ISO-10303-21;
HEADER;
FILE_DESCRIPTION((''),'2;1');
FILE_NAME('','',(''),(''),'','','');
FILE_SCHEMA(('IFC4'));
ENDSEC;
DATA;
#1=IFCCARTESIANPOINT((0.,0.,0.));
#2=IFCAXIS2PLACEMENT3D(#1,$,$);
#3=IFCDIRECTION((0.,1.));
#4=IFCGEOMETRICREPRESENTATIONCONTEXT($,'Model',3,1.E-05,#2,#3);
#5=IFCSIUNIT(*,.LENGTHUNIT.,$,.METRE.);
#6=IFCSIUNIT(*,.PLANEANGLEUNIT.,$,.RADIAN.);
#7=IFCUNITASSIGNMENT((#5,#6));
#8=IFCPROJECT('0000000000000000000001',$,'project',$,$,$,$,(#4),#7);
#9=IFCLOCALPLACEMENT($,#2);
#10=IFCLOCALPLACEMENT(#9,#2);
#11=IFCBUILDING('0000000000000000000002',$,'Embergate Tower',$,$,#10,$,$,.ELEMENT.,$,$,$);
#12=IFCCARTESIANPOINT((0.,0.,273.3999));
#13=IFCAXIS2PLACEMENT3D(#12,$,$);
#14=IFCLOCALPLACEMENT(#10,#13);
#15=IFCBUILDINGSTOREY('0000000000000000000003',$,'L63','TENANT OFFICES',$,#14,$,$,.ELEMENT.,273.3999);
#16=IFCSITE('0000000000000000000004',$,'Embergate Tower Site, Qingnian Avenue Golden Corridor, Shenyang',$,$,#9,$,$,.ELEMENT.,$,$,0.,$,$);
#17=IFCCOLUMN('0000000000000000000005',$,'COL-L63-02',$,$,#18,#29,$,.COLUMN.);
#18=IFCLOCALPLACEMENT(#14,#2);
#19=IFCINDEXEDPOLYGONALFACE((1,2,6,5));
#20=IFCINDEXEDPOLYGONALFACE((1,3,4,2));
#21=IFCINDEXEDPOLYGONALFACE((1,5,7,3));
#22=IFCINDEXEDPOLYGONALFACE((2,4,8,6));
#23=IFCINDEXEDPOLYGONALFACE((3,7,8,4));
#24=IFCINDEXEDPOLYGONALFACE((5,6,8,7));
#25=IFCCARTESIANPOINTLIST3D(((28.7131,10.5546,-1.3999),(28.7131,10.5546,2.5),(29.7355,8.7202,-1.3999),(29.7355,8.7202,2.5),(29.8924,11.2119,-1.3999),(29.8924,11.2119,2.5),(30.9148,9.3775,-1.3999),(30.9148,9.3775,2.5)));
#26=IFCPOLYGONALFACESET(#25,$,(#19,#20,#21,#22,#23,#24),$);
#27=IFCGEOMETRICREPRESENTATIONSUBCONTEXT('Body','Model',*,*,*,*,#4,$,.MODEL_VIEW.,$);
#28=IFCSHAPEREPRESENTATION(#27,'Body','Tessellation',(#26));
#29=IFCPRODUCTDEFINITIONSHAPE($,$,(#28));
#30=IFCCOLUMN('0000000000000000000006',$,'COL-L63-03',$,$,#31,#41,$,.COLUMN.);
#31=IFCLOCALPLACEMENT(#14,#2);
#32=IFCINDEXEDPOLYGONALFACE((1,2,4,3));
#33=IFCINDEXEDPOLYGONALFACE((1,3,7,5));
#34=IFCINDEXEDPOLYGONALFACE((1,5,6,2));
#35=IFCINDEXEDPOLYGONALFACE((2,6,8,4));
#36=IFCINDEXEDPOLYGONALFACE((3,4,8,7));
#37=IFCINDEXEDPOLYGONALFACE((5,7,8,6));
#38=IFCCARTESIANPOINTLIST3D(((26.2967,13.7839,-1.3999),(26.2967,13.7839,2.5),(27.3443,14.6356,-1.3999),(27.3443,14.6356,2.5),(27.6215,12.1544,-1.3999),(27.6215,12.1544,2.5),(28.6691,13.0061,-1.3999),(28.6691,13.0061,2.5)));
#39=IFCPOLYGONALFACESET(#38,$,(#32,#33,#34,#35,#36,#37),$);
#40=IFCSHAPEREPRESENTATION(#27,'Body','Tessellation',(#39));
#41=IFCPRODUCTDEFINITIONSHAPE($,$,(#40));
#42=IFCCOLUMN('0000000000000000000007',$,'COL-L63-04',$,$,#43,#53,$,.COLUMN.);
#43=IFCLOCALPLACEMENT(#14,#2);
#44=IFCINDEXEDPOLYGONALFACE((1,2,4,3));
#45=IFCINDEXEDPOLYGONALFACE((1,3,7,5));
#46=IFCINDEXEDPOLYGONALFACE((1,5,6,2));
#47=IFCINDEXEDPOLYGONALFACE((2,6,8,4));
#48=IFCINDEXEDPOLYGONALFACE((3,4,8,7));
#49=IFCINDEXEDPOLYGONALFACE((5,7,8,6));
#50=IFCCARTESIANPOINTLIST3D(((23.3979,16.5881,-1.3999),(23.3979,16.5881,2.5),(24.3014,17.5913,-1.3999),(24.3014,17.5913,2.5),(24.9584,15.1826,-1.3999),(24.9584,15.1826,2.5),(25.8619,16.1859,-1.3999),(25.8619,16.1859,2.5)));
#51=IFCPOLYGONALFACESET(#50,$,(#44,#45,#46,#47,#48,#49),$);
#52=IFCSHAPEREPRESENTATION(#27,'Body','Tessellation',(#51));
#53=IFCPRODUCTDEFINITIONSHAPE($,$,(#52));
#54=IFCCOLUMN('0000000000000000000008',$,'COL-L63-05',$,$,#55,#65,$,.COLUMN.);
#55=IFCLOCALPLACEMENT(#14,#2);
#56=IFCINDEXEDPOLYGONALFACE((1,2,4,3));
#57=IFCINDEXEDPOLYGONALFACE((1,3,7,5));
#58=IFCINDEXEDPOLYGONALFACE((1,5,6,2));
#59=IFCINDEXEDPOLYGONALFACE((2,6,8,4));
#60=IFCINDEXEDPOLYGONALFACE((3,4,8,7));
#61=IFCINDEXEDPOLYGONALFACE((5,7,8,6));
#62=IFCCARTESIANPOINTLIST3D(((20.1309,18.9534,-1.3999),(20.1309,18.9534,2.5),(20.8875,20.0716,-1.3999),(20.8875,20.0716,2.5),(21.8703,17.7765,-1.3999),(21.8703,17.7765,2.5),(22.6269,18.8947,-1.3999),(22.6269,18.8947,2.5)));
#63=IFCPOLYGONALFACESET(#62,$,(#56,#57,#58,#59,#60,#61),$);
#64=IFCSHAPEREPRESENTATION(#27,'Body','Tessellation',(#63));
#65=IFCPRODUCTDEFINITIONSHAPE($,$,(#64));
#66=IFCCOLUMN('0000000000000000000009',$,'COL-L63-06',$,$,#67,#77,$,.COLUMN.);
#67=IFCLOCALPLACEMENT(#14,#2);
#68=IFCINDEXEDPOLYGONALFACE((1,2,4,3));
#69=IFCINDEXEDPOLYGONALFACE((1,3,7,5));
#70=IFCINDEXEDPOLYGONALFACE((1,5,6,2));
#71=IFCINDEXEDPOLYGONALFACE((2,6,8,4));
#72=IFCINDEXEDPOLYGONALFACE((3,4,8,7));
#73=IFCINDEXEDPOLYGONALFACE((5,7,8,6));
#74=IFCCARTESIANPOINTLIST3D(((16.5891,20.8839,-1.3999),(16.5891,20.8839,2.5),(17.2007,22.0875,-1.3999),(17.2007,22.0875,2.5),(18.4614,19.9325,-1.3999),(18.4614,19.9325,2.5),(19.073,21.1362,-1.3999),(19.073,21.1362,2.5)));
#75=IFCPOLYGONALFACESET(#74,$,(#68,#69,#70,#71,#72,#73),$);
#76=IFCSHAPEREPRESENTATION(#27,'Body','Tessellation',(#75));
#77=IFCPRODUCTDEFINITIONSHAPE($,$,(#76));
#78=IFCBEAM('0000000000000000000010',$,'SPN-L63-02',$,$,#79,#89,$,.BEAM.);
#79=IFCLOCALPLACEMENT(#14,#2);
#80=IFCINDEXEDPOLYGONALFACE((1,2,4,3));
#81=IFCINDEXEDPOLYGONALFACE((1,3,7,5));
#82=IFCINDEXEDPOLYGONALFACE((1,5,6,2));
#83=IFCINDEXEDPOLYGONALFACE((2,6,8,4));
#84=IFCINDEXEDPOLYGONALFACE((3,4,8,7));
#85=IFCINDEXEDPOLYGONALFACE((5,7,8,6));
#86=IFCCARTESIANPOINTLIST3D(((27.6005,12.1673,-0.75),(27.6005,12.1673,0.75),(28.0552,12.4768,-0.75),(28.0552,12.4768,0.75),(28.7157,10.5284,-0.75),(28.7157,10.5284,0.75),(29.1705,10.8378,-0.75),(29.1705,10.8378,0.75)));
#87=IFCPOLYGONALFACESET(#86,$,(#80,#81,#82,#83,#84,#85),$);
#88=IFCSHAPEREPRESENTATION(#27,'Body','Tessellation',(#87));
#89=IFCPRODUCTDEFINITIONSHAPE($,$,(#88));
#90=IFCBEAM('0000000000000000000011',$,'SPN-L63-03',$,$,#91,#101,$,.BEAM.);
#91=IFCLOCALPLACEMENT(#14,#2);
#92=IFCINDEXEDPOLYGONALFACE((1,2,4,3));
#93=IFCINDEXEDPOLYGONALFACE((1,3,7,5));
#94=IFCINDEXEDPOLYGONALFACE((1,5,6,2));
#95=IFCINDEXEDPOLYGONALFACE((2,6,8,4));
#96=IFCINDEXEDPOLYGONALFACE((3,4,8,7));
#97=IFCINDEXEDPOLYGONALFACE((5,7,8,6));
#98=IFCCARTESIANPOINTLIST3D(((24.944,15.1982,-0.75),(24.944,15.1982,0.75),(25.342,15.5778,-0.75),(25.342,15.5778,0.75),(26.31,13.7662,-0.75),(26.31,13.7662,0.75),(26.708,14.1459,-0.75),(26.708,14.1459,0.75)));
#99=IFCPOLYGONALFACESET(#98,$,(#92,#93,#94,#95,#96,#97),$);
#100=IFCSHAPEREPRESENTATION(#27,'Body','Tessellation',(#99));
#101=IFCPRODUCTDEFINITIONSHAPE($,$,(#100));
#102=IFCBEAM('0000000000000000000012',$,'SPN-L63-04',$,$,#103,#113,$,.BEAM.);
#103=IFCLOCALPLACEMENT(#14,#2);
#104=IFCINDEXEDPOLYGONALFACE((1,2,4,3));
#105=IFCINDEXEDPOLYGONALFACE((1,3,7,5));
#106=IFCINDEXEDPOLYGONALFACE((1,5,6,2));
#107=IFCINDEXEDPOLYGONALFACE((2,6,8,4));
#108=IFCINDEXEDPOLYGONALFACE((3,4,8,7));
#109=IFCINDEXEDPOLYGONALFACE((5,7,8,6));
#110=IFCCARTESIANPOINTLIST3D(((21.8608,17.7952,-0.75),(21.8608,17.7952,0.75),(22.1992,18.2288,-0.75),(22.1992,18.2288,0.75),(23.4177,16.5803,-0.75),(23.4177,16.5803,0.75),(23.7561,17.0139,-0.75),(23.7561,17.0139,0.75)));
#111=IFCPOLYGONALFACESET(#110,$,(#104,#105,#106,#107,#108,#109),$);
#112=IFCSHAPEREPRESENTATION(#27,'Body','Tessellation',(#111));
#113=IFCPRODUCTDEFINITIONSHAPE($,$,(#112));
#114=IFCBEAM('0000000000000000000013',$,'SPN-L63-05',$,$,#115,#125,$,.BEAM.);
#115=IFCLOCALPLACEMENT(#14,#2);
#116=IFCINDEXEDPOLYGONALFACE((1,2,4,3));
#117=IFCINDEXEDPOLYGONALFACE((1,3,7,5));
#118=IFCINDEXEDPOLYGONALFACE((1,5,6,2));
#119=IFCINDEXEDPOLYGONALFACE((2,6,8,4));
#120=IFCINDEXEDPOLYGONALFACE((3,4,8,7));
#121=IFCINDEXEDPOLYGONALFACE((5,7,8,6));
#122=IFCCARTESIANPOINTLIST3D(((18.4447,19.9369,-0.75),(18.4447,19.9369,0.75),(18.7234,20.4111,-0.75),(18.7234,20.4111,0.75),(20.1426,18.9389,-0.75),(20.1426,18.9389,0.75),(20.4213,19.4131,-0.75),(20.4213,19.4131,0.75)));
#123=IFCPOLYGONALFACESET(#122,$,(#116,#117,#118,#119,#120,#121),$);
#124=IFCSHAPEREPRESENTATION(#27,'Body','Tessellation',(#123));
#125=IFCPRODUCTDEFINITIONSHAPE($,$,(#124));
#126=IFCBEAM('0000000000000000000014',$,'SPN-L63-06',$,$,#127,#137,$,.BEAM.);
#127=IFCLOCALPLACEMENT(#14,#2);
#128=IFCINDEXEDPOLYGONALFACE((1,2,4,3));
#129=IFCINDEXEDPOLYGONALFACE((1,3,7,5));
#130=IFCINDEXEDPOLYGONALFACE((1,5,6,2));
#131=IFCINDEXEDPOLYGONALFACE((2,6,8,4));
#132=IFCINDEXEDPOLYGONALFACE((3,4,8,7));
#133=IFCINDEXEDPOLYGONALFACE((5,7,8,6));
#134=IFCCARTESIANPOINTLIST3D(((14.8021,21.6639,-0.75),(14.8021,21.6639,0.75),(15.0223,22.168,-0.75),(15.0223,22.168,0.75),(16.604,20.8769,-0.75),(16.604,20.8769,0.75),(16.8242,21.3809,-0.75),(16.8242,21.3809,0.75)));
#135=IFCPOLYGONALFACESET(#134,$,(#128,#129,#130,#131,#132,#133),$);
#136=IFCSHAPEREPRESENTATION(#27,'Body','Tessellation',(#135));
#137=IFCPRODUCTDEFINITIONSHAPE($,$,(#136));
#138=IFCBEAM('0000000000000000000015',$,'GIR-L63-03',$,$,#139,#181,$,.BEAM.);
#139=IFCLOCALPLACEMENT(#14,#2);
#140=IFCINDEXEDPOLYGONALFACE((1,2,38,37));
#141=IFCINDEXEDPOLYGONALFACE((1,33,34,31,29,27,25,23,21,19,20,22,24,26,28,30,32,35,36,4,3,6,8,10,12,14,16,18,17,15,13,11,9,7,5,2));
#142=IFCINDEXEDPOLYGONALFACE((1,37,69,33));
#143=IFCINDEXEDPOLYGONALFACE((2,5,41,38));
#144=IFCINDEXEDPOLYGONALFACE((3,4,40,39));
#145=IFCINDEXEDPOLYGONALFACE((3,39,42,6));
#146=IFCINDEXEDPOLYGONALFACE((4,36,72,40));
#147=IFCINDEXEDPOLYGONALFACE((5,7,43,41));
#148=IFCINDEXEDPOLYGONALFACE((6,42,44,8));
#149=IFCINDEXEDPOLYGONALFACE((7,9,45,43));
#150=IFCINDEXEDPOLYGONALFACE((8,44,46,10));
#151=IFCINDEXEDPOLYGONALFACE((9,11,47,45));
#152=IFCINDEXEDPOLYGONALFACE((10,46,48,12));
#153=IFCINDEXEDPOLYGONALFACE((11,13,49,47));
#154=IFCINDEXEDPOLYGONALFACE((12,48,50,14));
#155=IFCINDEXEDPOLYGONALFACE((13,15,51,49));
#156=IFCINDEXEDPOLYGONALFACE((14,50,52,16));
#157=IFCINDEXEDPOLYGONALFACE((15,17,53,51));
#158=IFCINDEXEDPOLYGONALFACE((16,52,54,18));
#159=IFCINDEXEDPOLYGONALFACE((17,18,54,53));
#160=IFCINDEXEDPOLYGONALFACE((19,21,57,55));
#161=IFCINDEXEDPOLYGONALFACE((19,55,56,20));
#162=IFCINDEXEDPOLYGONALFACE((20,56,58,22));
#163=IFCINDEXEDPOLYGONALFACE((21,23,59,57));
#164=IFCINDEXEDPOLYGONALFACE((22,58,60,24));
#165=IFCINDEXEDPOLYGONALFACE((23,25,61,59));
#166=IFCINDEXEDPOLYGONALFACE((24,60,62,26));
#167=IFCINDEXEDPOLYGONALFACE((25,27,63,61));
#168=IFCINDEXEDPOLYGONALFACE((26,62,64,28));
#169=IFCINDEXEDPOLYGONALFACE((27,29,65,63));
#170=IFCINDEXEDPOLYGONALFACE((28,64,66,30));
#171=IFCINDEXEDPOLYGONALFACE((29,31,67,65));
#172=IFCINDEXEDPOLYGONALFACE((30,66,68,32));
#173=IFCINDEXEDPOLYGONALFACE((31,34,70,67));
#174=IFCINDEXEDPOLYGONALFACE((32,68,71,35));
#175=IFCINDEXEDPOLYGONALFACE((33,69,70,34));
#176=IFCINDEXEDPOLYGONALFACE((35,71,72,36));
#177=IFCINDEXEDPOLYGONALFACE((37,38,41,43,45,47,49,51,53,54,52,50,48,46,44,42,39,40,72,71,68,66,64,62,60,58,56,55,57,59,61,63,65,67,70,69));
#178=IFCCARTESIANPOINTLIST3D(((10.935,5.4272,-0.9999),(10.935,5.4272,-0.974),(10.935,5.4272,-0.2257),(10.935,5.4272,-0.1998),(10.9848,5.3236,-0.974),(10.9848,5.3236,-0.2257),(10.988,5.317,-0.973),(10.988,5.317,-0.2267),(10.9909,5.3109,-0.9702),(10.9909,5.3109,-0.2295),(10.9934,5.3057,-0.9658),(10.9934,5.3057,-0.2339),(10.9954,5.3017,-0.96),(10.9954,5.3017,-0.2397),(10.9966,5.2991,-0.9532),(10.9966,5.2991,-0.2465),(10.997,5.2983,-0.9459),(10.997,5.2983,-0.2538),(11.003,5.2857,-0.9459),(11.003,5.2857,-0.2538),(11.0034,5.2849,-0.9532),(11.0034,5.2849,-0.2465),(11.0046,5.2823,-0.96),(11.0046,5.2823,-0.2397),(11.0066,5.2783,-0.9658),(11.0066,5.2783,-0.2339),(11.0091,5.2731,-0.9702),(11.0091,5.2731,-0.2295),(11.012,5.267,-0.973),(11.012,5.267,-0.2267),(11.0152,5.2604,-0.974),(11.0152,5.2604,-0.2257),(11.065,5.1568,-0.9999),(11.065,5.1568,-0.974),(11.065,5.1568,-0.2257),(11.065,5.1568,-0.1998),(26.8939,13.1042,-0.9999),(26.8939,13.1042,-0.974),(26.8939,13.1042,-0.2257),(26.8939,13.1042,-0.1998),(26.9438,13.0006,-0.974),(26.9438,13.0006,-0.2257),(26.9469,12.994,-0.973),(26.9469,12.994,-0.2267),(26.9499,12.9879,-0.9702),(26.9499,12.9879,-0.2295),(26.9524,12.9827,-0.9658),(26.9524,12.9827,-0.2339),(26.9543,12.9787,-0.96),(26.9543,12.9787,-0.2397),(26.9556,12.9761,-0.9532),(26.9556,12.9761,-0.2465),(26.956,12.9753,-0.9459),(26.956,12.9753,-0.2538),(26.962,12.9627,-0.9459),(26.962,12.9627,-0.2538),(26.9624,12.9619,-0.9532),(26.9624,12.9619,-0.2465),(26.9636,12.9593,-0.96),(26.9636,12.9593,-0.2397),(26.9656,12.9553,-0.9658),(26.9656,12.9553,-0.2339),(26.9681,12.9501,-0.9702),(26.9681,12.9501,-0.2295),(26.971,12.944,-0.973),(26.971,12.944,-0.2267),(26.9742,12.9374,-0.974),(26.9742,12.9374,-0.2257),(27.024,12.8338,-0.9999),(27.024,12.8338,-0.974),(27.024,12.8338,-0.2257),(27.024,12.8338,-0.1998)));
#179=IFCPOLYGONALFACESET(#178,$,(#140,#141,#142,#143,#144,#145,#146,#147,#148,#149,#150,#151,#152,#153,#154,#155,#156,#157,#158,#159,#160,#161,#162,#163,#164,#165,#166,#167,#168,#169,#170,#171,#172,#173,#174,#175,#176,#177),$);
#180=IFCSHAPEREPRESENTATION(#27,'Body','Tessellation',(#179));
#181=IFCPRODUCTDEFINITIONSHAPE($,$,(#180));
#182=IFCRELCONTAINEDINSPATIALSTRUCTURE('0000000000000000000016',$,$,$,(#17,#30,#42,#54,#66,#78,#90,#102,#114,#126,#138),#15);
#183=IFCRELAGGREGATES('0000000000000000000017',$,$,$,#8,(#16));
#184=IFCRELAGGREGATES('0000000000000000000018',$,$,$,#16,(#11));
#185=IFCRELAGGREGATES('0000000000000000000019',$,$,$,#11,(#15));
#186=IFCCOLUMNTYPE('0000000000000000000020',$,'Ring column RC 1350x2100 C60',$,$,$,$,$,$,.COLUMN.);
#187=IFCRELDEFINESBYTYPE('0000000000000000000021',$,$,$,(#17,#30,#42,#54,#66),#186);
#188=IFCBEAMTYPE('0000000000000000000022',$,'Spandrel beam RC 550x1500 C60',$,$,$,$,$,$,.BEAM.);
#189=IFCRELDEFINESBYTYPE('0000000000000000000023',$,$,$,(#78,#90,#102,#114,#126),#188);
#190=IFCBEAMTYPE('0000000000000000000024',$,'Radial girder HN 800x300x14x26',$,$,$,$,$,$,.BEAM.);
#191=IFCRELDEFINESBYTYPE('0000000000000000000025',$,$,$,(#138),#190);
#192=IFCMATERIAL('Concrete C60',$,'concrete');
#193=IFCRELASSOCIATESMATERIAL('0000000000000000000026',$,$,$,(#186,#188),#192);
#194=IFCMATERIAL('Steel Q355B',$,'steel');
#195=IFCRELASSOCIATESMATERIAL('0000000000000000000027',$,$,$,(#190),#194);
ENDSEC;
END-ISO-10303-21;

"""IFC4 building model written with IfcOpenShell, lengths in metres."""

from ifc_helpers import new_model, si_unit, direction, frame, origin, origin_2d, place, context, subcontext, project, spatial, rectangle, i_section, extrude, source, transform, mapped, material, material_profile, profile_set, type_object, element, save


model = new_model("IFC4")

# Units and contexts
model_context = context("Model", 3, precision=1e-05, world=origin(), true_north=direction((0.0, 1.0)))
body_context = subcontext(model_context, "Body", "Model", "MODEL_VIEW")
ifc_project = project(units=[si_unit("LENGTHUNIT", "METRE"), si_unit("PLANEANGLEUNIT", "RADIAN")], contexts=[model_context])

# Site, building, storey
site_placement = place(None, origin())
site = spatial("IfcSite", under=ifc_project, at=site_placement, Name="Embergate Tower Site, Qingnian Avenue Golden Corridor, Shenyang", CompositionType="ELEMENT", RefElevation=0.0)
building_placement = place(site_placement, origin())
building = spatial("IfcBuilding", under=site, at=building_placement, Name="Embergate Tower", CompositionType="ELEMENT")
storey_placement = place(building_placement, frame((0.0, 0.0, 273.3999)))
storey = spatial("IfcBuildingStorey", under=building, at=storey_placement, Name="L63", Description="TENANT OFFICES", CompositionType="ELEMENT", Elevation=273.3999)

# Columns
ifc_material_1 = material(Name="Concrete C60", Category="concrete")
ifc_material_profile_1 = material_profile(ifc_material_1, rectangle(XDim=1.3501, YDim=2.1001, at=origin_2d()), Name="RC 1350x2100")
ifc_profile_set_1 = profile_set([ifc_material_profile_1], Name="Concrete C60")
column_type = type_object("IfcColumnType", Name="Ring column RC 1350x2100 C60", PredefinedType="COLUMN", material=ifc_profile_set_1)
shared_shape_1 = source(origin(), body_context, "Body", "SweptSolid", [
    extrude(rectangle(XDim=1.3501, YDim=2.1001, at=origin_2d()), origin(), (0.0, 0.0, 1.0), 3.8999),
])
for number, where, z_axis, x_axis, name in (
    (1, (29.814, 9.9661, -1.3999), (0.0, 0.0, 1.0), (0.873492, 0.486839, 0.0), "COL-L63-02"),
    (2, (27.4829, 13.395, -1.3999), (0.0, 0.0, 1.0), (0.775914, 0.630838, 0.0), "COL-L63-03"),
    (3, (24.6299, 16.387, -1.3999), (0.0, 0.0, 1.0), (0.669208, 0.743075, 0.0), "COL-L63-04"),
    (4, (21.3789, 18.9241, -1.3999), (0.0, 0.0, 1.0), (0.560393, 0.828227, 0.0), "COL-L63-05"),
    (5, (17.8311, 21.01, -1.3999), (0.0, 0.0, 1.0), (0.452995, 0.891513, 0.0), "COL-L63-06"),
):
    element("IfcColumn", number, at=place(storey_placement, frame(where, z_axis=z_axis, x_axis=x_axis)), inside=storey, type_object=column_type, Name=name, PredefinedType="COLUMN", context=body_context, shape_type="MappedRepresentation", body=[
        mapped(shared_shape_1, transform((0.0, 0.0, 0.0))),
    ])

# Beams
ifc_material_profile_2 = material_profile(ifc_material_1, rectangle(XDim=0.55, YDim=1.5, at=origin_2d()), Name="RC 550x1500")
ifc_profile_set_2 = profile_set([ifc_material_profile_2], Name="Concrete C60")
beam_type_1 = type_object("IfcBeamType", Name="Spandrel beam RC 550x1500 C60", PredefinedType="BEAM", material=ifc_profile_set_2)
shared_shape_2 = source(origin(), body_context, "Body", "SweptSolid", [
    extrude(rectangle(XDim=0.55, YDim=1.5, at=origin_2d()), origin(), (0.0, 0.0, 1.0), 1.9824),
])
beam_1_placement = place(storey_placement, frame((28.9431, 10.6831, 0.0), z_axis=(-0.562576, 0.826745, 0.0), x_axis=(-0.826745, -0.562576, 0.0)))
element("IfcBeam", 6, at=beam_1_placement, inside=storey, type_object=beam_type_1, Name="SPN-L63-02", PredefinedType="BEAM", context=body_context, shape_type="MappedRepresentation", body=[
    mapped(shared_shape_2, transform((0.0, 0.0, 0.0))),
])
shared_shape_3 = source(origin(), body_context, "Body", "SweptSolid", [
    extrude(rectangle(XDim=0.55, YDim=1.5, at=origin_2d()), origin(), (0.0, 0.0, 1.0), 1.979),
])
beam_2_placement = place(storey_placement, frame((26.509, 13.9561, 0.0), z_axis=(-0.690256, 0.723566, 0.0), x_axis=(-0.723566, -0.690256, 0.0)))
element("IfcBeam", 7, at=beam_2_placement, inside=storey, type_object=beam_type_1, Name="SPN-L63-03", PredefinedType="BEAM", context=body_context, shape_type="MappedRepresentation", body=[
    mapped(shared_shape_3, transform((0.0, 0.0, 0.0))),
])
shared_shape_4 = source(origin(), body_context, "Body", "SweptSolid", [
    extrude(rectangle(XDim=0.55, YDim=1.5, at=origin_2d()), origin(), (0.0, 0.0, 1.0), 1.9749),
])
beam_3_placement = place(storey_placement, frame((23.5869, 16.7971, 0.0), z_axis=(-0.788386, 0.615181, 0.0), x_axis=(-0.615181, -0.788386, 0.0)))
element("IfcBeam", 8, at=beam_3_placement, inside=storey, type_object=beam_type_1, Name="SPN-L63-04", PredefinedType="BEAM", context=body_context, shape_type="MappedRepresentation", body=[
    mapped(shared_shape_4, transform((0.0, 0.0, 0.0))),
])
shared_shape_5 = source(origin(), body_context, "Body", "SweptSolid", [
    extrude(rectangle(XDim=0.55, YDim=1.5, at=origin_2d()), origin(), (0.0, 0.0, 1.0), 1.9695),
])
beam_4_placement = place(storey_placement, frame((20.282, 19.176, 0.0), z_axis=(-0.862106, 0.506728, 0.0), x_axis=(-0.506728, -0.862106, 0.0)))
element("IfcBeam", 9, at=beam_4_placement, inside=storey, type_object=beam_type_1, Name="SPN-L63-05", PredefinedType="BEAM", context=body_context, shape_type="MappedRepresentation", body=[
    mapped(shared_shape_5, transform((0.0, 0.0, 0.0))),
])
shared_shape_6 = source(origin(), body_context, "Body", "SweptSolid", [
    extrude(rectangle(XDim=0.55, YDim=1.5, at=origin_2d()), origin(), (0.0, 0.0, 1.0), 1.9663),
])
beam_5_placement = place(storey_placement, frame((16.7141, 21.1289, 0.0), z_axis=(-0.916394, 0.400278, 0.0), x_axis=(-0.400278, -0.916394, 0.0)))
element("IfcBeam", 10, at=beam_5_placement, inside=storey, type_object=beam_type_1, Name="SPN-L63-06", PredefinedType="BEAM", context=body_context, shape_type="MappedRepresentation", body=[
    mapped(shared_shape_6, transform((0.0, 0.0, 0.0))),
])
ifc_material_2 = material(Name="Steel Q355B", Category="steel")
ifc_material_profile_3 = material_profile(ifc_material_2, i_section(OverallWidth=0.3, OverallDepth=0.8, WebThickness=0.0139, FlangeThickness=0.0259, FilletRadius=0.0281, at=origin_2d()), Name="HN 800x300x14x26")
ifc_profile_set_3 = profile_set([ifc_material_profile_3], Name="Steel Q355 grade B")
beam_type_2 = type_object("IfcBeamType", Name="Radial girder HN 800x300x14x26", PredefinedType="BEAM", material=ifc_profile_set_3)
shared_shape_7 = source(origin(), body_context, "Body", "SweptSolid", [
    extrude(i_section(OverallWidth=0.3, OverallDepth=0.8, WebThickness=0.0139, FlangeThickness=0.0259, FilletRadius=0.0281, at=origin_2d()), origin(), (0.0, 0.0, 1.0), 17.7095),
])
beam_6_placement = place(storey_placement, frame((26.959, 12.969, -0.5999), z_axis=(-0.901155, -0.433497, 0.0), x_axis=(0.433497, -0.901155, 0.0)))
element("IfcBeam", 11, at=beam_6_placement, inside=storey, type_object=beam_type_2, Name="GIR-L63-03", PredefinedType="BEAM", context=body_context, shape_type="MappedRepresentation", body=[
    mapped(shared_shape_7, transform((0.0, 0.0, 0.0))),
])

save(model, "model.ifc")
